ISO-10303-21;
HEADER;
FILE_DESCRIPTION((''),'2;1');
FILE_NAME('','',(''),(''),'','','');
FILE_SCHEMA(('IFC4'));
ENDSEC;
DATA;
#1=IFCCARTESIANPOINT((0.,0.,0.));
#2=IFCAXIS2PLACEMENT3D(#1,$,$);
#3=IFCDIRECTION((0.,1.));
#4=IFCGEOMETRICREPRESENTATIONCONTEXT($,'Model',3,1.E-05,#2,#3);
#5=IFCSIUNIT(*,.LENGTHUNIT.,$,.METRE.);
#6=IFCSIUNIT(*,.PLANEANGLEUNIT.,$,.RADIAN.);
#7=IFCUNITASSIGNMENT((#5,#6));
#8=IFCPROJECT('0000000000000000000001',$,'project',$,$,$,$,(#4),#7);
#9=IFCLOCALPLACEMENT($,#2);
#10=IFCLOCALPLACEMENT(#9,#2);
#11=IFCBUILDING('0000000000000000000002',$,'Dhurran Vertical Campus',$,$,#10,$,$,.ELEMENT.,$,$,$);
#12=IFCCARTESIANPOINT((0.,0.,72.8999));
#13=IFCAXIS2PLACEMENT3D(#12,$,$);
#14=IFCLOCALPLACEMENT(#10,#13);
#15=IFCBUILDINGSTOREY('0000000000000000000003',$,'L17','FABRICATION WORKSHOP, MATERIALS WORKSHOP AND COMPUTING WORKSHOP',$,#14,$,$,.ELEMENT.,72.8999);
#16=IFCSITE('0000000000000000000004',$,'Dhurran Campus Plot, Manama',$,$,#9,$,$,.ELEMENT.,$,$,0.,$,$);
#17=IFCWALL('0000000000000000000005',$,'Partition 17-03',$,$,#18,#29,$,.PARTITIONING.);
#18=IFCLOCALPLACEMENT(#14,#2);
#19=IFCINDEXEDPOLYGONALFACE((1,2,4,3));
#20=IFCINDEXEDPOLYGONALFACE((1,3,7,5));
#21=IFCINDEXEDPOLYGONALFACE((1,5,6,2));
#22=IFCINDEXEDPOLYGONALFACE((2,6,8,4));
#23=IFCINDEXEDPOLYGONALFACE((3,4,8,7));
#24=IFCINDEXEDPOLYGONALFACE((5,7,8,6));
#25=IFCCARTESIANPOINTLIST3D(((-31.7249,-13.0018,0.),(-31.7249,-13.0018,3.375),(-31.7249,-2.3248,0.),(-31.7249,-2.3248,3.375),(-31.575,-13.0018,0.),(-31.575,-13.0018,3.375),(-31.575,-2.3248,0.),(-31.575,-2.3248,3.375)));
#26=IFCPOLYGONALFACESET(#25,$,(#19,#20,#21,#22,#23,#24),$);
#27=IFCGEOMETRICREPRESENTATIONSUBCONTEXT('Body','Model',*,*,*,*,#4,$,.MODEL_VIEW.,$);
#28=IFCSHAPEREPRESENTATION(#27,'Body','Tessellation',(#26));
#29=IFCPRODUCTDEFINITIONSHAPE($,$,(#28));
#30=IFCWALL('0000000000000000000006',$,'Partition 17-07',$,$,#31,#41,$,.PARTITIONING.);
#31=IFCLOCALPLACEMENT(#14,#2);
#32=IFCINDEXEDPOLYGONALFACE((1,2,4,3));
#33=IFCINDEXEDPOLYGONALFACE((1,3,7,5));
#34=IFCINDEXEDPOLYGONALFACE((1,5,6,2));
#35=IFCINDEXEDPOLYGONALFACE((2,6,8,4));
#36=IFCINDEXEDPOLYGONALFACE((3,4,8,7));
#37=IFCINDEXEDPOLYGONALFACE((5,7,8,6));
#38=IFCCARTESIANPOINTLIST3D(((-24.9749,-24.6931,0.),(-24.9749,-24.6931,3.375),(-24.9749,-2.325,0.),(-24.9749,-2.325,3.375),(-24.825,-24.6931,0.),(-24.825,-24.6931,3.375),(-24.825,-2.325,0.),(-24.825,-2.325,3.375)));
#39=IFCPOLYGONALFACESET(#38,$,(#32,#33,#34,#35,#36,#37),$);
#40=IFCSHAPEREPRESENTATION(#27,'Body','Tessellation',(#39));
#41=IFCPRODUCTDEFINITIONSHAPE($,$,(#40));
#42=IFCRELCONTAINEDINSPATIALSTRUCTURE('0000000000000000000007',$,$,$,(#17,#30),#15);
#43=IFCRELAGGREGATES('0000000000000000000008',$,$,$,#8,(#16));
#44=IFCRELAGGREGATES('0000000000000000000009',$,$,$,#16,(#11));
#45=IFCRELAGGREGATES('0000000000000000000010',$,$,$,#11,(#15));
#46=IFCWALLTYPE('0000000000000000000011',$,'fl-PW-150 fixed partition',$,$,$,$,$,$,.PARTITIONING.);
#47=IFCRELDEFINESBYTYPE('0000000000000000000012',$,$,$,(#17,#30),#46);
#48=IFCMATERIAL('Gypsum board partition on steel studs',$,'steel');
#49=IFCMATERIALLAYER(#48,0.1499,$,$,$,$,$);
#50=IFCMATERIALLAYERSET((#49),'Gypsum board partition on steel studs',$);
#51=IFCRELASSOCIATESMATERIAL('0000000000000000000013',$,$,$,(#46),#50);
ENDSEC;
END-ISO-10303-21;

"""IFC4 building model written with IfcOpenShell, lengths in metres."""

from ifc_helpers import new_model, si_unit, direction, frame, frame_2d, origin, place, context, subcontext, project, spatial, rectangle, extrude, material, layer, layer_set, type_object, element, save


model = new_model("IFC4")

# Units and contexts
model_context = context("Model", 3, precision=1e-05, world=origin(), true_north=direction((0.0, 1.0)))
body_context = subcontext(model_context, "Body", "Model", "MODEL_VIEW")
ifc_project = project(units=[si_unit("LENGTHUNIT", "METRE"), si_unit("PLANEANGLEUNIT", "RADIAN")], contexts=[model_context])

# Site, building, storey
site_placement = place(None, origin())
site = spatial("IfcSite", under=ifc_project, at=site_placement, Name="Dhurran Campus Plot, Manama", CompositionType="ELEMENT", RefElevation=0.0)
building_placement = place(site_placement, origin())
building = spatial("IfcBuilding", under=site, at=building_placement, Name="Dhurran Vertical Campus", CompositionType="ELEMENT")
storey_placement = place(building_placement, frame((0.0, 0.0, 72.8999)))
storey = spatial("IfcBuildingStorey", under=building, at=storey_placement, Name="L17", Description="FABRICATION WORKSHOP, MATERIALS WORKSHOP AND COMPUTING WORKSHOP", CompositionType="ELEMENT", Elevation=72.8999)

# Walls
ifc_material_1 = material(Name="Gypsum board partition on steel studs", Category="steel")
ifc_layer_1 = layer(ifc_material_1, 0.1499)
ifc_layer_set_1 = layer_set([ifc_layer_1], Name="Gypsum board partition on steel studs")
wall_type_1 = type_object("IfcWallType", Name="fl-PW-150 fixed partition", PredefinedType="PARTITIONING", material=ifc_layer_set_1)
wall_1_placement = place(storey_placement, frame((-31.6499, -2.325, 0.0), z_axis=(0.0, 0.0, 1.0), x_axis=(0.0, -1.0, 0.0)))
element("IfcWall", 1, at=wall_1_placement, inside=storey, type_object=wall_type_1, Name="Partition 17-03", PredefinedType="PARTITIONING", context=body_context, shape_type="SweptSolid", body=[
    extrude(rectangle(XDim=10.677, YDim=0.1499, at=frame_2d((5.3384, 0.0))), origin(), (0.0, 0.0, 1.0), 3.375),
])
wall_2_placement = place(storey_placement, frame((-24.8999, -2.325, 0.0), z_axis=(0.0, 0.0, 1.0), x_axis=(0.0, -1.0, 0.0)))
element("IfcWall", 2, at=wall_2_placement, inside=storey, type_object=wall_type_1, Name="Partition 17-07", PredefinedType="PARTITIONING", context=body_context, shape_type="SweptSolid", body=[
    extrude(rectangle(XDim=22.3682, YDim=0.1499, at=frame_2d((11.1841, 0.0))), origin(), (0.0, 0.0, 1.0), 3.375),
])

save(model, "model.ifc")
